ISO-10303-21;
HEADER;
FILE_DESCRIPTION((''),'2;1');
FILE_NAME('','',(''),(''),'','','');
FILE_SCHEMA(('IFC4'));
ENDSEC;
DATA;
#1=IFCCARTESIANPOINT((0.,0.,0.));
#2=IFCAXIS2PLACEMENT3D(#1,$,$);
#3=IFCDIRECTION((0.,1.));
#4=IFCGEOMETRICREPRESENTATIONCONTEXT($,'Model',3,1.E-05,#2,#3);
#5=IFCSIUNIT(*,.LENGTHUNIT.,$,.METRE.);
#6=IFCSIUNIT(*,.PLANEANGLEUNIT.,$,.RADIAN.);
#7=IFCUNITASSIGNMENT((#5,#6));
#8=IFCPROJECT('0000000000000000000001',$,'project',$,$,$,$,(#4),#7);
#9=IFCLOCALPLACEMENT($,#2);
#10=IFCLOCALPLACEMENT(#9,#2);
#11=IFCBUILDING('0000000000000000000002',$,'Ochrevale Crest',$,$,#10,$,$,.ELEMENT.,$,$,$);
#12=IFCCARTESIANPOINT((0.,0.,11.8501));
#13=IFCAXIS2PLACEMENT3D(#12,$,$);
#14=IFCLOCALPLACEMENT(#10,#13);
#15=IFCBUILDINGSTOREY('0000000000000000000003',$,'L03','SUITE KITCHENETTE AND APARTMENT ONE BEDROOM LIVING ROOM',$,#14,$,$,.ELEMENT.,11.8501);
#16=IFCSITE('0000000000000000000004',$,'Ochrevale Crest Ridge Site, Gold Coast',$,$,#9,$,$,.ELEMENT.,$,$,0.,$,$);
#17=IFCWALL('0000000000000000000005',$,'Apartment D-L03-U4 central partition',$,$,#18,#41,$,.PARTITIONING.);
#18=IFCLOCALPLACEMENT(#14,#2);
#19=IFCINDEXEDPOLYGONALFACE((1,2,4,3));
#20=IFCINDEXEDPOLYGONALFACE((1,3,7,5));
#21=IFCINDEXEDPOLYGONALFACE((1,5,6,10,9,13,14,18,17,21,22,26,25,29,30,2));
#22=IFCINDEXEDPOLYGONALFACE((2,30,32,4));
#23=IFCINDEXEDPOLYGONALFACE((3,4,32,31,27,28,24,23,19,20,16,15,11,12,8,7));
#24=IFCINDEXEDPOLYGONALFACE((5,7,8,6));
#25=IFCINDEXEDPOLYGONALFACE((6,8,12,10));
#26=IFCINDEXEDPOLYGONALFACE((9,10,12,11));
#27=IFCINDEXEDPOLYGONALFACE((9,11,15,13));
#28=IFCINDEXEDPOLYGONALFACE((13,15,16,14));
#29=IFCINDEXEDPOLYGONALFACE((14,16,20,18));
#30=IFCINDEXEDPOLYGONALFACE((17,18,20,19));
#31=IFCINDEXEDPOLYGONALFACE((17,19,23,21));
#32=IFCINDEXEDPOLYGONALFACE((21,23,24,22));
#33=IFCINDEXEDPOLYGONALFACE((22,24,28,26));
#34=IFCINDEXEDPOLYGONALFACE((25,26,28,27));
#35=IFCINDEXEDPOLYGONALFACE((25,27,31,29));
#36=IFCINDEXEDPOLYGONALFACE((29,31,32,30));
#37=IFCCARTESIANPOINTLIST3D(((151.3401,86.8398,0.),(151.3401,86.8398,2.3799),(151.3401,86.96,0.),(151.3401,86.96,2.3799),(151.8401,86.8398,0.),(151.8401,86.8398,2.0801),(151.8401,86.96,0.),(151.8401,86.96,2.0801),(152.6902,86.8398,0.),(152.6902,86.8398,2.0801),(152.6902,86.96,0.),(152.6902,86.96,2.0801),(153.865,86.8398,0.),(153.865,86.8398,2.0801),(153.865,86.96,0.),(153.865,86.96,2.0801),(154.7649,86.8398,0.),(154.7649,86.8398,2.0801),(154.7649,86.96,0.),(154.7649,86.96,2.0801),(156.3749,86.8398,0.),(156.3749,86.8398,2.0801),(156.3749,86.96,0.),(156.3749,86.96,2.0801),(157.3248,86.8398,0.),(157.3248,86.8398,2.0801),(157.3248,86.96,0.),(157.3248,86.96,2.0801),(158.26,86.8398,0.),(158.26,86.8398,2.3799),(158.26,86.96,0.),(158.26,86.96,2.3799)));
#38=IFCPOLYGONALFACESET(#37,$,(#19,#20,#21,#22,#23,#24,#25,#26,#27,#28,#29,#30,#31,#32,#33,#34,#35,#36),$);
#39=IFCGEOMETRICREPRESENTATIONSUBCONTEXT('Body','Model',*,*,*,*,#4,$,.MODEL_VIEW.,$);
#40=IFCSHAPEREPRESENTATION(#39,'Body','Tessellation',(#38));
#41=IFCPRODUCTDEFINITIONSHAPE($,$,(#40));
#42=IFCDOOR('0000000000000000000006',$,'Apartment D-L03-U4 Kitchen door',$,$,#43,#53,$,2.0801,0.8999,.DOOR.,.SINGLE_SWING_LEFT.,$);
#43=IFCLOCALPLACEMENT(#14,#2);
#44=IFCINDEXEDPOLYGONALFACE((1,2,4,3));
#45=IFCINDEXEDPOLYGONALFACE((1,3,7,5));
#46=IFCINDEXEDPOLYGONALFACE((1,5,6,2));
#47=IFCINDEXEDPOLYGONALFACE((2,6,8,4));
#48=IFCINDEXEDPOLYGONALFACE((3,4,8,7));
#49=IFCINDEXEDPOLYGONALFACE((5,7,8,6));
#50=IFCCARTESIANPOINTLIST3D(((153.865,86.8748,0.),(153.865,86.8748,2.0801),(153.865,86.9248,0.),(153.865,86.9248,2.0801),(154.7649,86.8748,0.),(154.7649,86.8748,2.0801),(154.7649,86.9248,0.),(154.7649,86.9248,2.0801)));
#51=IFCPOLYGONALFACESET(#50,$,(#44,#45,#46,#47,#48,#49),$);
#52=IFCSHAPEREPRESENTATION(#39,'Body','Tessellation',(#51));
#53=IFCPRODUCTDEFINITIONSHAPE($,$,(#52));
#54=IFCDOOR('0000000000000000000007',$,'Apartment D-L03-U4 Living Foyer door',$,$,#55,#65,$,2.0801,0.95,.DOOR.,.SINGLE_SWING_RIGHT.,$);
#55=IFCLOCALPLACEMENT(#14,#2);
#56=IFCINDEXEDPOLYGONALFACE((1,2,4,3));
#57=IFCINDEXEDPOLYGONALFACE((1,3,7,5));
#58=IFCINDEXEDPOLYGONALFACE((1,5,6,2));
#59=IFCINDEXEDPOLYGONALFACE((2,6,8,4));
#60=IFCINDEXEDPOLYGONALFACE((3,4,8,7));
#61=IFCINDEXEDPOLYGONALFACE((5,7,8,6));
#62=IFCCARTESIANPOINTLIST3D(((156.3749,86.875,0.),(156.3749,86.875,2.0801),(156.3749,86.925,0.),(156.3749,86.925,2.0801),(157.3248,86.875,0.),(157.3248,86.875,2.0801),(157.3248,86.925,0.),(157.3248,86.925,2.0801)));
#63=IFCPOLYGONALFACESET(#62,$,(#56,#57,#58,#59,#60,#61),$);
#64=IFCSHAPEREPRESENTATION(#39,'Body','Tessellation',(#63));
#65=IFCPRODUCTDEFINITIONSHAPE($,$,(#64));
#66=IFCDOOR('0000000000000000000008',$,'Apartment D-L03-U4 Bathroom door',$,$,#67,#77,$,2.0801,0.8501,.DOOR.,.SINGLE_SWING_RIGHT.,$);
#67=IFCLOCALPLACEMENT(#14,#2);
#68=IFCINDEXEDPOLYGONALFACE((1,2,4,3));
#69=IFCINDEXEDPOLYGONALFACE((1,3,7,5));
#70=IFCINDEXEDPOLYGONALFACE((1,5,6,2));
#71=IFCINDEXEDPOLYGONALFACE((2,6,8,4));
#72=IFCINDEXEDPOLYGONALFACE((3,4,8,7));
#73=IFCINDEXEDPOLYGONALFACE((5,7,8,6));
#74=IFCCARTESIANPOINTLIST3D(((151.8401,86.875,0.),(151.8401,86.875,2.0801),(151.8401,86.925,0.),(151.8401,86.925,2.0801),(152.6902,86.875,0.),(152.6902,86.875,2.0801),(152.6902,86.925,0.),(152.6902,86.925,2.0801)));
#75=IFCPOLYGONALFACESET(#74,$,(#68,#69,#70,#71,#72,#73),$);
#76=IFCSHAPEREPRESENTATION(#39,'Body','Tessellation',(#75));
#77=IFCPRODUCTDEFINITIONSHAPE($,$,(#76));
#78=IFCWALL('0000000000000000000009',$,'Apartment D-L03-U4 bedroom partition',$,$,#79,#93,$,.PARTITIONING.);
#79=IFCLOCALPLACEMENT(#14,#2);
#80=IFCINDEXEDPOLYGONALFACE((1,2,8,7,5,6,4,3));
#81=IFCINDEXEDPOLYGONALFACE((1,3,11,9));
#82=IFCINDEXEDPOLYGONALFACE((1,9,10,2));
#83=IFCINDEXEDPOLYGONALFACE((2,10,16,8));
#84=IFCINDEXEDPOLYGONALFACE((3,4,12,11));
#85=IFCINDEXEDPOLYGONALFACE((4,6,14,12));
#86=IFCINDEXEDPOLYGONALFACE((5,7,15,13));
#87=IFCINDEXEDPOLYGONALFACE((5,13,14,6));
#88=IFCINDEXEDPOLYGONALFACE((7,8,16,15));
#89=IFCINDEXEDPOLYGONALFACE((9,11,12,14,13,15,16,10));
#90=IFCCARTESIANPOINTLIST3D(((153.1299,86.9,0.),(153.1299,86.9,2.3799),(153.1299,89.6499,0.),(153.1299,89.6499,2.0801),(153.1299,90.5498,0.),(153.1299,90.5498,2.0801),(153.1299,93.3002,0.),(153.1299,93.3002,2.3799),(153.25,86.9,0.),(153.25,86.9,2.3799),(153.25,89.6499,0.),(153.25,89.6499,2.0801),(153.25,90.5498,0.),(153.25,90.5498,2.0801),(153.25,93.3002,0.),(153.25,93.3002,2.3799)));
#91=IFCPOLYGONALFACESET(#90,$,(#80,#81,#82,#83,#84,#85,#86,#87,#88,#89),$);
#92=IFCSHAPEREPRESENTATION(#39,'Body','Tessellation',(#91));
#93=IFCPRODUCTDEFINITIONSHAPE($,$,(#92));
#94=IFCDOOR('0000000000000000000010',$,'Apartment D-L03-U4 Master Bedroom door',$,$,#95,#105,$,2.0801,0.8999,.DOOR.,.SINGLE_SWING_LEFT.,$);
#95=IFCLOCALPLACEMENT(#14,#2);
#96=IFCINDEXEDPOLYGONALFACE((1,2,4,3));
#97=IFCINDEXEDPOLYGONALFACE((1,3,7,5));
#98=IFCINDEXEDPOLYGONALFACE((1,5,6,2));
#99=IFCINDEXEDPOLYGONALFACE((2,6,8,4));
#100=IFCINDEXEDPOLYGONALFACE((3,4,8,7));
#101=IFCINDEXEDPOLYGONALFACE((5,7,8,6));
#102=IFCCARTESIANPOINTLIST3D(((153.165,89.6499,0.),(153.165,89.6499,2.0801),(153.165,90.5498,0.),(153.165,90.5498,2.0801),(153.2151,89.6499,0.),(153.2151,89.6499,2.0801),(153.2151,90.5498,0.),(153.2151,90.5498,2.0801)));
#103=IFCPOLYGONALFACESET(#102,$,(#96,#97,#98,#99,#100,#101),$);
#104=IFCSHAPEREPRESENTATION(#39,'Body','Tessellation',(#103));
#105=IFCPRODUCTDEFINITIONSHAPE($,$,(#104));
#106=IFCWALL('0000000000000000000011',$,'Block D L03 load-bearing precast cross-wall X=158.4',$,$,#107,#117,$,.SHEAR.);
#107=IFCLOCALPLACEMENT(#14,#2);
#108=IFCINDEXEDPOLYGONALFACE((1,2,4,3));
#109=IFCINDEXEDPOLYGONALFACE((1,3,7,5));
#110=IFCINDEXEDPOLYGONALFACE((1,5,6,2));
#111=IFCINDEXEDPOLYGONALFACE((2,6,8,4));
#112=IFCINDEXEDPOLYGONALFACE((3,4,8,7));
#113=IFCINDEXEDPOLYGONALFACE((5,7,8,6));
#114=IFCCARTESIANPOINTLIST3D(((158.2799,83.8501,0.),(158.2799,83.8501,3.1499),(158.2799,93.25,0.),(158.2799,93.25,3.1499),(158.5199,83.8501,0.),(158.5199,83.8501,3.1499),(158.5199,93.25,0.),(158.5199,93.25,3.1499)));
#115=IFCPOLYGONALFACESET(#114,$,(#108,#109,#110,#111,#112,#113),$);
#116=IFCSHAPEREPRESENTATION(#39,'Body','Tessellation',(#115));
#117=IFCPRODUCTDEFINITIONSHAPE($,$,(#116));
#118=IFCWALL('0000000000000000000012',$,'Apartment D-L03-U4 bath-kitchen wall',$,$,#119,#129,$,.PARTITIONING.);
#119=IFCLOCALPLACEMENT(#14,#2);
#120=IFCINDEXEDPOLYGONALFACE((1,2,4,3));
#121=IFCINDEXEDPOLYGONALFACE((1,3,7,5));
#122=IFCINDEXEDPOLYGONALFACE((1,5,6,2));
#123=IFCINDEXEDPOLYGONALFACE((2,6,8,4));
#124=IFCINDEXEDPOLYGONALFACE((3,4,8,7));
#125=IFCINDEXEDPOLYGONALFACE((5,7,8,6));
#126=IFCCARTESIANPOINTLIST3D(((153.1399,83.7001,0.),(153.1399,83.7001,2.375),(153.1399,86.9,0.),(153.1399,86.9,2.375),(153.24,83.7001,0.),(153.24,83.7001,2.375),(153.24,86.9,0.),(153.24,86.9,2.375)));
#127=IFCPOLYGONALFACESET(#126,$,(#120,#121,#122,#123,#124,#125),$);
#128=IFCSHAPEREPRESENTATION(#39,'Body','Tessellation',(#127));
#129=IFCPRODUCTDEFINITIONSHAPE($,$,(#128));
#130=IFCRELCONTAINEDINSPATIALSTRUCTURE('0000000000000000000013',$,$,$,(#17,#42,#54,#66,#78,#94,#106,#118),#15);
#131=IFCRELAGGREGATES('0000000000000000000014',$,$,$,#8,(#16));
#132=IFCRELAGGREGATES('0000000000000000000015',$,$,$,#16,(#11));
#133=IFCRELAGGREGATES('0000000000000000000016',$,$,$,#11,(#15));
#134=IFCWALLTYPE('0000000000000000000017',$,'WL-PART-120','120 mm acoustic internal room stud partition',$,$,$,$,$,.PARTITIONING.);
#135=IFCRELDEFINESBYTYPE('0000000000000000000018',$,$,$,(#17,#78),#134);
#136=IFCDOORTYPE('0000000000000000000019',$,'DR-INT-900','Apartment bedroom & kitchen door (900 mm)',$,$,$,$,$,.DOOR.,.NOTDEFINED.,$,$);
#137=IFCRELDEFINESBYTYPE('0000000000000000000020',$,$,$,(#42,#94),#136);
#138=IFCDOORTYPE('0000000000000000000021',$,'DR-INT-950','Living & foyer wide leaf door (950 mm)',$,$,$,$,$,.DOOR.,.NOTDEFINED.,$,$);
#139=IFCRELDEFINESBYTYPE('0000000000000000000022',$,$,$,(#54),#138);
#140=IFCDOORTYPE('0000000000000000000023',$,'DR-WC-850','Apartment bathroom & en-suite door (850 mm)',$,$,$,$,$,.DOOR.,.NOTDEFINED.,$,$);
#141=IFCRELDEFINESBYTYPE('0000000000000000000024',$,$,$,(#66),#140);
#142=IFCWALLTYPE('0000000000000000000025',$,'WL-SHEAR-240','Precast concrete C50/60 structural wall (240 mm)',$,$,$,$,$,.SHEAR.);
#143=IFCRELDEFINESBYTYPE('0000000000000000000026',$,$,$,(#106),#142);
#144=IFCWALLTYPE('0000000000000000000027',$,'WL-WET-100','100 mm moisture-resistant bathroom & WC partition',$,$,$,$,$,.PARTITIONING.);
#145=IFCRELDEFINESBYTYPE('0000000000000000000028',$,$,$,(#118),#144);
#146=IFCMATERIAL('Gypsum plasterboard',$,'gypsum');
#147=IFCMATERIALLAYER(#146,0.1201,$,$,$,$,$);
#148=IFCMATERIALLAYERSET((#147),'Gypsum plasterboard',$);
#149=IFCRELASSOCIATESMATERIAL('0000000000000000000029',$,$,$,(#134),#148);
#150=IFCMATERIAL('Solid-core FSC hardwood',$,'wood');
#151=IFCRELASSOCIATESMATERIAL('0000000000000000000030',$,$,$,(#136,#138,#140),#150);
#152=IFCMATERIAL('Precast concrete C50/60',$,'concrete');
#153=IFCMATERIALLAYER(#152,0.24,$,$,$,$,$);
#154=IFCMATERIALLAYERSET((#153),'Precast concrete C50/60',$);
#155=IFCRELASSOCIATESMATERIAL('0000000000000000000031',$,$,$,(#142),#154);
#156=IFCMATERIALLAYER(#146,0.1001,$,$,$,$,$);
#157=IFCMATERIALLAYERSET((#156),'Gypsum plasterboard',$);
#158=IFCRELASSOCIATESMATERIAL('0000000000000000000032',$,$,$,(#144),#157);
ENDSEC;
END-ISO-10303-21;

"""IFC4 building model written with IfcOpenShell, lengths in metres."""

from ifc_helpers import new_model, si_unit, direction, frame, frame_2d, origin, place, context, subcontext, project, spatial, rectangle, extrude, material, layer, layer_set, type_object, element, fill, save


model = new_model("IFC4")

# Units and contexts
model_context = context("Model", 3, precision=1e-05, world=origin(), true_north=direction((0.0, 1.0)))
body_context = subcontext(model_context, "Body", "Model", "MODEL_VIEW")
ifc_project = project(units=[si_unit("LENGTHUNIT", "METRE"), si_unit("PLANEANGLEUNIT", "RADIAN")], contexts=[model_context])

# Site, building, storey
site_placement = place(None, origin())
site = spatial("IfcSite", under=ifc_project, at=site_placement, Name="Ochrevale Crest Ridge Site, Gold Coast", CompositionType="ELEMENT", RefElevation=0.0)
building_placement = place(site_placement, origin())
building = spatial("IfcBuilding", under=site, at=building_placement, Name="Ochrevale Crest", CompositionType="ELEMENT")
storey_placement = place(building_placement, frame((0.0, 0.0, 11.8501)))
storey = spatial("IfcBuildingStorey", under=building, at=storey_placement, Name="L03", Description="SUITE KITCHENETTE AND APARTMENT ONE BEDROOM LIVING ROOM", CompositionType="ELEMENT", Elevation=11.8501)

# Shared definitions
ifc_material_1 = material(Name="Precast concrete C50/60", Category="concrete")

# Shared definitions
ifc_material_2 = material(Name="Gypsum plasterboard", Category="gypsum")
ifc_material_3 = material(Name="Solid-core FSC hardwood", Category="wood")

# Shared definitions
ifc_layer_1 = layer(ifc_material_2, 0.1201)
ifc_layer_set_1 = layer_set([ifc_layer_1], Name="Gypsum plasterboard")
wall_type_1 = type_object("IfcWallType", Name="WL-PART-120", Description="120 mm acoustic internal room stud partition", PredefinedType="PARTITIONING", material=ifc_layer_set_1)

# Wall, openings, doors
wall_1_placement = place(storey_placement, frame((151.3401, 86.8999, 0.0), z_axis=(0.0, 0.0, 1.0), x_axis=(1.0, 0.0, 0.0)))
wall_1 = element("IfcWall", 1, at=wall_1_placement, inside=storey, type_object=wall_type_1, Name="Apartment D-L03-U4 central partition", PredefinedType="PARTITIONING", context=body_context, shape_type="SweptSolid", body=[
    extrude(rectangle(XDim=6.9199, YDim=0.1201, at=frame_2d((3.46, 0.0))), origin(), (0.0, 0.0, 1.0), 2.3799),
])
opening_1_placement = place(wall_1_placement, frame((1.3501, 0.0, 0.0), z_axis=(0.0, 0.0, 1.0), x_axis=(-1.0, 0.0, 0.0)))
opening_1 = element("IfcOpeningElement", 2, at=opening_1_placement, cuts=wall_1, PredefinedType="OPENING", context=body_context, shape_type="SweptSolid", body=[
    extrude(rectangle(XDim=0.8501, YDim=2.0801, at=frame_2d((0.425, 1.04))), frame((0.0, 0.0701, 0.0), z_axis=(0.0, -1.0, 0.0), x_axis=(1.0, 0.0, 0.0)), (0.0, 0.0, 1.0), 0.1401),
])
opening_2_placement = place(wall_1_placement, frame((2.5249, 0.0, 0.0)))
opening_2 = element("IfcOpeningElement", 3, at=opening_2_placement, cuts=wall_1, PredefinedType="OPENING", context=body_context, shape_type="SweptSolid", body=[
    extrude(rectangle(XDim=0.8999, YDim=2.0801, at=frame_2d((0.45, 1.04))), frame((0.0, 0.0701, 0.0), z_axis=(0.0, -1.0, 0.0), x_axis=(1.0, 0.0, 0.0)), (0.0, 0.0, 1.0), 0.1401),
])
opening_3_placement = place(wall_1_placement, frame((5.9849, 0.0, 0.0), z_axis=(0.0, 0.0, 1.0), x_axis=(-1.0, 0.0, 0.0)))
opening_3 = element("IfcOpeningElement", 4, at=opening_3_placement, cuts=wall_1, PredefinedType="OPENING", context=body_context, shape_type="SweptSolid", body=[
    extrude(rectangle(XDim=0.95, YDim=2.0801, at=frame_2d((0.4751, 1.04))), frame((0.0, 0.0701, 0.0), z_axis=(0.0, -1.0, 0.0), x_axis=(1.0, 0.0, 0.0)), (0.0, 0.0, 1.0), 0.1401),
])
door_type_1 = type_object("IfcDoorType", Name="DR-INT-900", Description="Apartment bedroom & kitchen door (900 mm)", OperationType="NOTDEFINED", PredefinedType="DOOR", material=ifc_material_3)
door_1_placement = place(opening_2_placement, origin())
door_1 = element("IfcDoor", 5, at=door_1_placement, inside=storey, type_object=door_type_1, Name="Apartment D-L03-U4 Kitchen door", OperationType="SINGLE_SWING_LEFT", OverallHeight=2.0801, OverallWidth=0.8999, PredefinedType="DOOR", context=body_context, shape_type="SweptSolid", body=[
    extrude(rectangle(XDim=0.8999, YDim=2.0801, at=frame_2d((0.45, 1.04))), frame((0.0, 0.0249, 0.0), z_axis=(0.0, -1.0, 0.0), x_axis=(1.0, 0.0, 0.0)), (0.0, 0.0, 1.0), 0.05),
])
fill(opening_2, door_1)
door_type_2 = type_object("IfcDoorType", Name="DR-INT-950", Description="Living & foyer wide leaf door (950 mm)", OperationType="NOTDEFINED", PredefinedType="DOOR", material=ifc_material_3)
door_2_placement = place(opening_3_placement, origin())
door_2 = element("IfcDoor", 6, at=door_2_placement, inside=storey, type_object=door_type_2, Name="Apartment D-L03-U4 Living Foyer door", OperationType="SINGLE_SWING_RIGHT", OverallHeight=2.0801, OverallWidth=0.95, PredefinedType="DOOR", context=body_context, shape_type="SweptSolid", body=[
    extrude(rectangle(XDim=0.95, YDim=2.0801, at=frame_2d((0.4751, 1.04))), frame((0.0, 0.0249, 0.0), z_axis=(0.0, -1.0, 0.0), x_axis=(1.0, 0.0, 0.0)), (0.0, 0.0, 1.0), 0.05),
])
fill(opening_3, door_2)
door_type_3 = type_object("IfcDoorType", Name="DR-WC-850", Description="Apartment bathroom & en-suite door (850 mm)", OperationType="NOTDEFINED", PredefinedType="DOOR", material=ifc_material_3)
door_3_placement = place(opening_1_placement, origin())
door_3 = element("IfcDoor", 7, at=door_3_placement, inside=storey, type_object=door_type_3, Name="Apartment D-L03-U4 Bathroom door", OperationType="SINGLE_SWING_RIGHT", OverallHeight=2.0801, OverallWidth=0.8501, PredefinedType="DOOR", context=body_context, shape_type="SweptSolid", body=[
    extrude(rectangle(XDim=0.8501, YDim=2.0801, at=frame_2d((0.425, 1.04))), frame((0.0, 0.0249, 0.0), z_axis=(0.0, -1.0, 0.0), x_axis=(1.0, 0.0, 0.0)), (0.0, 0.0, 1.0), 0.05),
])
fill(opening_1, door_3)

# Wall, opening, door
wall_2_placement = place(storey_placement, frame((153.1899, 86.8999, 0.0), z_axis=(0.0, 0.0, 1.0), x_axis=(0.0, 1.0, 0.0)))
wall_2 = element("IfcWall", 8, at=wall_2_placement, inside=storey, type_object=wall_type_1, Name="Apartment D-L03-U4 bedroom partition", PredefinedType="PARTITIONING", context=body_context, shape_type="SweptSolid", body=[
    extrude(rectangle(XDim=6.4001, YDim=0.1201, at=frame_2d((3.2002, 0.0))), origin(), (0.0, 0.0, 1.0), 2.3799),
])
opening_4_placement = place(wall_2_placement, frame((2.75, 0.0, 0.0)))
opening_4 = element("IfcOpeningElement", 9, at=opening_4_placement, cuts=wall_2, PredefinedType="OPENING", context=body_context, shape_type="SweptSolid", body=[
    extrude(rectangle(XDim=0.8999, YDim=2.0801, at=frame_2d((0.45, 1.04))), frame((0.0, 0.0701, 0.0), z_axis=(0.0, -1.0, 0.0), x_axis=(1.0, 0.0, 0.0)), (0.0, 0.0, 1.0), 0.1401),
])
door_4_placement = place(opening_4_placement, origin())
door_4 = element("IfcDoor", 10, at=door_4_placement, inside=storey, type_object=door_type_1, Name="Apartment D-L03-U4 Master Bedroom door", OperationType="SINGLE_SWING_LEFT", OverallHeight=2.0801, OverallWidth=0.8999, PredefinedType="DOOR", context=body_context, shape_type="SweptSolid", body=[
    extrude(rectangle(XDim=0.8999, YDim=2.0801, at=frame_2d((0.45, 1.04))), frame((0.0, 0.0249, 0.0), z_axis=(0.0, -1.0, 0.0), x_axis=(1.0, 0.0, 0.0)), (0.0, 0.0, 1.0), 0.05),
])
fill(opening_4, door_4)

# Walls
ifc_layer_2 = layer(ifc_material_1, 0.24)
ifc_layer_set_2 = layer_set([ifc_layer_2], Name="Precast concrete C50/60")
wall_type_2 = type_object("IfcWallType", Name="WL-SHEAR-240", Description="Precast concrete C50/60 structural wall (240 mm)", PredefinedType="SHEAR", material=ifc_layer_set_2)
wall_3_placement = place(storey_placement, frame((158.3999, 83.8501, 0.0), z_axis=(0.0, 0.0, 1.0), x_axis=(0.0, 1.0, 0.0)))
element("IfcWall", 11, at=wall_3_placement, inside=storey, type_object=wall_type_2, Name="Block D L03 load-bearing precast cross-wall X=158.4", PredefinedType="SHEAR", context=body_context, shape_type="SweptSolid", body=[
    extrude(rectangle(XDim=9.3999, YDim=0.24, at=frame_2d((4.7, 0.0))), origin(), (0.0, 0.0, 1.0), 3.1499),
])
ifc_layer_3 = layer(ifc_material_2, 0.1001)
ifc_layer_set_3 = layer_set([ifc_layer_3], Name="Gypsum plasterboard")
wall_type_3 = type_object("IfcWallType", Name="WL-WET-100", Description="100 mm moisture-resistant bathroom & WC partition", PredefinedType="PARTITIONING", material=ifc_layer_set_3)
wall_4_placement = place(storey_placement, frame((153.1899, 83.7, 0.0), z_axis=(0.0, 0.0, 1.0), x_axis=(0.0, 1.0, 0.0)))
element("IfcWall", 12, at=wall_4_placement, inside=storey, type_object=wall_type_3, Name="Apartment D-L03-U4 bath-kitchen wall", PredefinedType="PARTITIONING", context=body_context, shape_type="SweptSolid", body=[
    extrude(rectangle(XDim=3.2, YDim=0.1001, at=frame_2d((1.6001, 0.0))), origin(), (0.0, 0.0, 1.0), 2.375),
])

save(model, "model.ifc")
